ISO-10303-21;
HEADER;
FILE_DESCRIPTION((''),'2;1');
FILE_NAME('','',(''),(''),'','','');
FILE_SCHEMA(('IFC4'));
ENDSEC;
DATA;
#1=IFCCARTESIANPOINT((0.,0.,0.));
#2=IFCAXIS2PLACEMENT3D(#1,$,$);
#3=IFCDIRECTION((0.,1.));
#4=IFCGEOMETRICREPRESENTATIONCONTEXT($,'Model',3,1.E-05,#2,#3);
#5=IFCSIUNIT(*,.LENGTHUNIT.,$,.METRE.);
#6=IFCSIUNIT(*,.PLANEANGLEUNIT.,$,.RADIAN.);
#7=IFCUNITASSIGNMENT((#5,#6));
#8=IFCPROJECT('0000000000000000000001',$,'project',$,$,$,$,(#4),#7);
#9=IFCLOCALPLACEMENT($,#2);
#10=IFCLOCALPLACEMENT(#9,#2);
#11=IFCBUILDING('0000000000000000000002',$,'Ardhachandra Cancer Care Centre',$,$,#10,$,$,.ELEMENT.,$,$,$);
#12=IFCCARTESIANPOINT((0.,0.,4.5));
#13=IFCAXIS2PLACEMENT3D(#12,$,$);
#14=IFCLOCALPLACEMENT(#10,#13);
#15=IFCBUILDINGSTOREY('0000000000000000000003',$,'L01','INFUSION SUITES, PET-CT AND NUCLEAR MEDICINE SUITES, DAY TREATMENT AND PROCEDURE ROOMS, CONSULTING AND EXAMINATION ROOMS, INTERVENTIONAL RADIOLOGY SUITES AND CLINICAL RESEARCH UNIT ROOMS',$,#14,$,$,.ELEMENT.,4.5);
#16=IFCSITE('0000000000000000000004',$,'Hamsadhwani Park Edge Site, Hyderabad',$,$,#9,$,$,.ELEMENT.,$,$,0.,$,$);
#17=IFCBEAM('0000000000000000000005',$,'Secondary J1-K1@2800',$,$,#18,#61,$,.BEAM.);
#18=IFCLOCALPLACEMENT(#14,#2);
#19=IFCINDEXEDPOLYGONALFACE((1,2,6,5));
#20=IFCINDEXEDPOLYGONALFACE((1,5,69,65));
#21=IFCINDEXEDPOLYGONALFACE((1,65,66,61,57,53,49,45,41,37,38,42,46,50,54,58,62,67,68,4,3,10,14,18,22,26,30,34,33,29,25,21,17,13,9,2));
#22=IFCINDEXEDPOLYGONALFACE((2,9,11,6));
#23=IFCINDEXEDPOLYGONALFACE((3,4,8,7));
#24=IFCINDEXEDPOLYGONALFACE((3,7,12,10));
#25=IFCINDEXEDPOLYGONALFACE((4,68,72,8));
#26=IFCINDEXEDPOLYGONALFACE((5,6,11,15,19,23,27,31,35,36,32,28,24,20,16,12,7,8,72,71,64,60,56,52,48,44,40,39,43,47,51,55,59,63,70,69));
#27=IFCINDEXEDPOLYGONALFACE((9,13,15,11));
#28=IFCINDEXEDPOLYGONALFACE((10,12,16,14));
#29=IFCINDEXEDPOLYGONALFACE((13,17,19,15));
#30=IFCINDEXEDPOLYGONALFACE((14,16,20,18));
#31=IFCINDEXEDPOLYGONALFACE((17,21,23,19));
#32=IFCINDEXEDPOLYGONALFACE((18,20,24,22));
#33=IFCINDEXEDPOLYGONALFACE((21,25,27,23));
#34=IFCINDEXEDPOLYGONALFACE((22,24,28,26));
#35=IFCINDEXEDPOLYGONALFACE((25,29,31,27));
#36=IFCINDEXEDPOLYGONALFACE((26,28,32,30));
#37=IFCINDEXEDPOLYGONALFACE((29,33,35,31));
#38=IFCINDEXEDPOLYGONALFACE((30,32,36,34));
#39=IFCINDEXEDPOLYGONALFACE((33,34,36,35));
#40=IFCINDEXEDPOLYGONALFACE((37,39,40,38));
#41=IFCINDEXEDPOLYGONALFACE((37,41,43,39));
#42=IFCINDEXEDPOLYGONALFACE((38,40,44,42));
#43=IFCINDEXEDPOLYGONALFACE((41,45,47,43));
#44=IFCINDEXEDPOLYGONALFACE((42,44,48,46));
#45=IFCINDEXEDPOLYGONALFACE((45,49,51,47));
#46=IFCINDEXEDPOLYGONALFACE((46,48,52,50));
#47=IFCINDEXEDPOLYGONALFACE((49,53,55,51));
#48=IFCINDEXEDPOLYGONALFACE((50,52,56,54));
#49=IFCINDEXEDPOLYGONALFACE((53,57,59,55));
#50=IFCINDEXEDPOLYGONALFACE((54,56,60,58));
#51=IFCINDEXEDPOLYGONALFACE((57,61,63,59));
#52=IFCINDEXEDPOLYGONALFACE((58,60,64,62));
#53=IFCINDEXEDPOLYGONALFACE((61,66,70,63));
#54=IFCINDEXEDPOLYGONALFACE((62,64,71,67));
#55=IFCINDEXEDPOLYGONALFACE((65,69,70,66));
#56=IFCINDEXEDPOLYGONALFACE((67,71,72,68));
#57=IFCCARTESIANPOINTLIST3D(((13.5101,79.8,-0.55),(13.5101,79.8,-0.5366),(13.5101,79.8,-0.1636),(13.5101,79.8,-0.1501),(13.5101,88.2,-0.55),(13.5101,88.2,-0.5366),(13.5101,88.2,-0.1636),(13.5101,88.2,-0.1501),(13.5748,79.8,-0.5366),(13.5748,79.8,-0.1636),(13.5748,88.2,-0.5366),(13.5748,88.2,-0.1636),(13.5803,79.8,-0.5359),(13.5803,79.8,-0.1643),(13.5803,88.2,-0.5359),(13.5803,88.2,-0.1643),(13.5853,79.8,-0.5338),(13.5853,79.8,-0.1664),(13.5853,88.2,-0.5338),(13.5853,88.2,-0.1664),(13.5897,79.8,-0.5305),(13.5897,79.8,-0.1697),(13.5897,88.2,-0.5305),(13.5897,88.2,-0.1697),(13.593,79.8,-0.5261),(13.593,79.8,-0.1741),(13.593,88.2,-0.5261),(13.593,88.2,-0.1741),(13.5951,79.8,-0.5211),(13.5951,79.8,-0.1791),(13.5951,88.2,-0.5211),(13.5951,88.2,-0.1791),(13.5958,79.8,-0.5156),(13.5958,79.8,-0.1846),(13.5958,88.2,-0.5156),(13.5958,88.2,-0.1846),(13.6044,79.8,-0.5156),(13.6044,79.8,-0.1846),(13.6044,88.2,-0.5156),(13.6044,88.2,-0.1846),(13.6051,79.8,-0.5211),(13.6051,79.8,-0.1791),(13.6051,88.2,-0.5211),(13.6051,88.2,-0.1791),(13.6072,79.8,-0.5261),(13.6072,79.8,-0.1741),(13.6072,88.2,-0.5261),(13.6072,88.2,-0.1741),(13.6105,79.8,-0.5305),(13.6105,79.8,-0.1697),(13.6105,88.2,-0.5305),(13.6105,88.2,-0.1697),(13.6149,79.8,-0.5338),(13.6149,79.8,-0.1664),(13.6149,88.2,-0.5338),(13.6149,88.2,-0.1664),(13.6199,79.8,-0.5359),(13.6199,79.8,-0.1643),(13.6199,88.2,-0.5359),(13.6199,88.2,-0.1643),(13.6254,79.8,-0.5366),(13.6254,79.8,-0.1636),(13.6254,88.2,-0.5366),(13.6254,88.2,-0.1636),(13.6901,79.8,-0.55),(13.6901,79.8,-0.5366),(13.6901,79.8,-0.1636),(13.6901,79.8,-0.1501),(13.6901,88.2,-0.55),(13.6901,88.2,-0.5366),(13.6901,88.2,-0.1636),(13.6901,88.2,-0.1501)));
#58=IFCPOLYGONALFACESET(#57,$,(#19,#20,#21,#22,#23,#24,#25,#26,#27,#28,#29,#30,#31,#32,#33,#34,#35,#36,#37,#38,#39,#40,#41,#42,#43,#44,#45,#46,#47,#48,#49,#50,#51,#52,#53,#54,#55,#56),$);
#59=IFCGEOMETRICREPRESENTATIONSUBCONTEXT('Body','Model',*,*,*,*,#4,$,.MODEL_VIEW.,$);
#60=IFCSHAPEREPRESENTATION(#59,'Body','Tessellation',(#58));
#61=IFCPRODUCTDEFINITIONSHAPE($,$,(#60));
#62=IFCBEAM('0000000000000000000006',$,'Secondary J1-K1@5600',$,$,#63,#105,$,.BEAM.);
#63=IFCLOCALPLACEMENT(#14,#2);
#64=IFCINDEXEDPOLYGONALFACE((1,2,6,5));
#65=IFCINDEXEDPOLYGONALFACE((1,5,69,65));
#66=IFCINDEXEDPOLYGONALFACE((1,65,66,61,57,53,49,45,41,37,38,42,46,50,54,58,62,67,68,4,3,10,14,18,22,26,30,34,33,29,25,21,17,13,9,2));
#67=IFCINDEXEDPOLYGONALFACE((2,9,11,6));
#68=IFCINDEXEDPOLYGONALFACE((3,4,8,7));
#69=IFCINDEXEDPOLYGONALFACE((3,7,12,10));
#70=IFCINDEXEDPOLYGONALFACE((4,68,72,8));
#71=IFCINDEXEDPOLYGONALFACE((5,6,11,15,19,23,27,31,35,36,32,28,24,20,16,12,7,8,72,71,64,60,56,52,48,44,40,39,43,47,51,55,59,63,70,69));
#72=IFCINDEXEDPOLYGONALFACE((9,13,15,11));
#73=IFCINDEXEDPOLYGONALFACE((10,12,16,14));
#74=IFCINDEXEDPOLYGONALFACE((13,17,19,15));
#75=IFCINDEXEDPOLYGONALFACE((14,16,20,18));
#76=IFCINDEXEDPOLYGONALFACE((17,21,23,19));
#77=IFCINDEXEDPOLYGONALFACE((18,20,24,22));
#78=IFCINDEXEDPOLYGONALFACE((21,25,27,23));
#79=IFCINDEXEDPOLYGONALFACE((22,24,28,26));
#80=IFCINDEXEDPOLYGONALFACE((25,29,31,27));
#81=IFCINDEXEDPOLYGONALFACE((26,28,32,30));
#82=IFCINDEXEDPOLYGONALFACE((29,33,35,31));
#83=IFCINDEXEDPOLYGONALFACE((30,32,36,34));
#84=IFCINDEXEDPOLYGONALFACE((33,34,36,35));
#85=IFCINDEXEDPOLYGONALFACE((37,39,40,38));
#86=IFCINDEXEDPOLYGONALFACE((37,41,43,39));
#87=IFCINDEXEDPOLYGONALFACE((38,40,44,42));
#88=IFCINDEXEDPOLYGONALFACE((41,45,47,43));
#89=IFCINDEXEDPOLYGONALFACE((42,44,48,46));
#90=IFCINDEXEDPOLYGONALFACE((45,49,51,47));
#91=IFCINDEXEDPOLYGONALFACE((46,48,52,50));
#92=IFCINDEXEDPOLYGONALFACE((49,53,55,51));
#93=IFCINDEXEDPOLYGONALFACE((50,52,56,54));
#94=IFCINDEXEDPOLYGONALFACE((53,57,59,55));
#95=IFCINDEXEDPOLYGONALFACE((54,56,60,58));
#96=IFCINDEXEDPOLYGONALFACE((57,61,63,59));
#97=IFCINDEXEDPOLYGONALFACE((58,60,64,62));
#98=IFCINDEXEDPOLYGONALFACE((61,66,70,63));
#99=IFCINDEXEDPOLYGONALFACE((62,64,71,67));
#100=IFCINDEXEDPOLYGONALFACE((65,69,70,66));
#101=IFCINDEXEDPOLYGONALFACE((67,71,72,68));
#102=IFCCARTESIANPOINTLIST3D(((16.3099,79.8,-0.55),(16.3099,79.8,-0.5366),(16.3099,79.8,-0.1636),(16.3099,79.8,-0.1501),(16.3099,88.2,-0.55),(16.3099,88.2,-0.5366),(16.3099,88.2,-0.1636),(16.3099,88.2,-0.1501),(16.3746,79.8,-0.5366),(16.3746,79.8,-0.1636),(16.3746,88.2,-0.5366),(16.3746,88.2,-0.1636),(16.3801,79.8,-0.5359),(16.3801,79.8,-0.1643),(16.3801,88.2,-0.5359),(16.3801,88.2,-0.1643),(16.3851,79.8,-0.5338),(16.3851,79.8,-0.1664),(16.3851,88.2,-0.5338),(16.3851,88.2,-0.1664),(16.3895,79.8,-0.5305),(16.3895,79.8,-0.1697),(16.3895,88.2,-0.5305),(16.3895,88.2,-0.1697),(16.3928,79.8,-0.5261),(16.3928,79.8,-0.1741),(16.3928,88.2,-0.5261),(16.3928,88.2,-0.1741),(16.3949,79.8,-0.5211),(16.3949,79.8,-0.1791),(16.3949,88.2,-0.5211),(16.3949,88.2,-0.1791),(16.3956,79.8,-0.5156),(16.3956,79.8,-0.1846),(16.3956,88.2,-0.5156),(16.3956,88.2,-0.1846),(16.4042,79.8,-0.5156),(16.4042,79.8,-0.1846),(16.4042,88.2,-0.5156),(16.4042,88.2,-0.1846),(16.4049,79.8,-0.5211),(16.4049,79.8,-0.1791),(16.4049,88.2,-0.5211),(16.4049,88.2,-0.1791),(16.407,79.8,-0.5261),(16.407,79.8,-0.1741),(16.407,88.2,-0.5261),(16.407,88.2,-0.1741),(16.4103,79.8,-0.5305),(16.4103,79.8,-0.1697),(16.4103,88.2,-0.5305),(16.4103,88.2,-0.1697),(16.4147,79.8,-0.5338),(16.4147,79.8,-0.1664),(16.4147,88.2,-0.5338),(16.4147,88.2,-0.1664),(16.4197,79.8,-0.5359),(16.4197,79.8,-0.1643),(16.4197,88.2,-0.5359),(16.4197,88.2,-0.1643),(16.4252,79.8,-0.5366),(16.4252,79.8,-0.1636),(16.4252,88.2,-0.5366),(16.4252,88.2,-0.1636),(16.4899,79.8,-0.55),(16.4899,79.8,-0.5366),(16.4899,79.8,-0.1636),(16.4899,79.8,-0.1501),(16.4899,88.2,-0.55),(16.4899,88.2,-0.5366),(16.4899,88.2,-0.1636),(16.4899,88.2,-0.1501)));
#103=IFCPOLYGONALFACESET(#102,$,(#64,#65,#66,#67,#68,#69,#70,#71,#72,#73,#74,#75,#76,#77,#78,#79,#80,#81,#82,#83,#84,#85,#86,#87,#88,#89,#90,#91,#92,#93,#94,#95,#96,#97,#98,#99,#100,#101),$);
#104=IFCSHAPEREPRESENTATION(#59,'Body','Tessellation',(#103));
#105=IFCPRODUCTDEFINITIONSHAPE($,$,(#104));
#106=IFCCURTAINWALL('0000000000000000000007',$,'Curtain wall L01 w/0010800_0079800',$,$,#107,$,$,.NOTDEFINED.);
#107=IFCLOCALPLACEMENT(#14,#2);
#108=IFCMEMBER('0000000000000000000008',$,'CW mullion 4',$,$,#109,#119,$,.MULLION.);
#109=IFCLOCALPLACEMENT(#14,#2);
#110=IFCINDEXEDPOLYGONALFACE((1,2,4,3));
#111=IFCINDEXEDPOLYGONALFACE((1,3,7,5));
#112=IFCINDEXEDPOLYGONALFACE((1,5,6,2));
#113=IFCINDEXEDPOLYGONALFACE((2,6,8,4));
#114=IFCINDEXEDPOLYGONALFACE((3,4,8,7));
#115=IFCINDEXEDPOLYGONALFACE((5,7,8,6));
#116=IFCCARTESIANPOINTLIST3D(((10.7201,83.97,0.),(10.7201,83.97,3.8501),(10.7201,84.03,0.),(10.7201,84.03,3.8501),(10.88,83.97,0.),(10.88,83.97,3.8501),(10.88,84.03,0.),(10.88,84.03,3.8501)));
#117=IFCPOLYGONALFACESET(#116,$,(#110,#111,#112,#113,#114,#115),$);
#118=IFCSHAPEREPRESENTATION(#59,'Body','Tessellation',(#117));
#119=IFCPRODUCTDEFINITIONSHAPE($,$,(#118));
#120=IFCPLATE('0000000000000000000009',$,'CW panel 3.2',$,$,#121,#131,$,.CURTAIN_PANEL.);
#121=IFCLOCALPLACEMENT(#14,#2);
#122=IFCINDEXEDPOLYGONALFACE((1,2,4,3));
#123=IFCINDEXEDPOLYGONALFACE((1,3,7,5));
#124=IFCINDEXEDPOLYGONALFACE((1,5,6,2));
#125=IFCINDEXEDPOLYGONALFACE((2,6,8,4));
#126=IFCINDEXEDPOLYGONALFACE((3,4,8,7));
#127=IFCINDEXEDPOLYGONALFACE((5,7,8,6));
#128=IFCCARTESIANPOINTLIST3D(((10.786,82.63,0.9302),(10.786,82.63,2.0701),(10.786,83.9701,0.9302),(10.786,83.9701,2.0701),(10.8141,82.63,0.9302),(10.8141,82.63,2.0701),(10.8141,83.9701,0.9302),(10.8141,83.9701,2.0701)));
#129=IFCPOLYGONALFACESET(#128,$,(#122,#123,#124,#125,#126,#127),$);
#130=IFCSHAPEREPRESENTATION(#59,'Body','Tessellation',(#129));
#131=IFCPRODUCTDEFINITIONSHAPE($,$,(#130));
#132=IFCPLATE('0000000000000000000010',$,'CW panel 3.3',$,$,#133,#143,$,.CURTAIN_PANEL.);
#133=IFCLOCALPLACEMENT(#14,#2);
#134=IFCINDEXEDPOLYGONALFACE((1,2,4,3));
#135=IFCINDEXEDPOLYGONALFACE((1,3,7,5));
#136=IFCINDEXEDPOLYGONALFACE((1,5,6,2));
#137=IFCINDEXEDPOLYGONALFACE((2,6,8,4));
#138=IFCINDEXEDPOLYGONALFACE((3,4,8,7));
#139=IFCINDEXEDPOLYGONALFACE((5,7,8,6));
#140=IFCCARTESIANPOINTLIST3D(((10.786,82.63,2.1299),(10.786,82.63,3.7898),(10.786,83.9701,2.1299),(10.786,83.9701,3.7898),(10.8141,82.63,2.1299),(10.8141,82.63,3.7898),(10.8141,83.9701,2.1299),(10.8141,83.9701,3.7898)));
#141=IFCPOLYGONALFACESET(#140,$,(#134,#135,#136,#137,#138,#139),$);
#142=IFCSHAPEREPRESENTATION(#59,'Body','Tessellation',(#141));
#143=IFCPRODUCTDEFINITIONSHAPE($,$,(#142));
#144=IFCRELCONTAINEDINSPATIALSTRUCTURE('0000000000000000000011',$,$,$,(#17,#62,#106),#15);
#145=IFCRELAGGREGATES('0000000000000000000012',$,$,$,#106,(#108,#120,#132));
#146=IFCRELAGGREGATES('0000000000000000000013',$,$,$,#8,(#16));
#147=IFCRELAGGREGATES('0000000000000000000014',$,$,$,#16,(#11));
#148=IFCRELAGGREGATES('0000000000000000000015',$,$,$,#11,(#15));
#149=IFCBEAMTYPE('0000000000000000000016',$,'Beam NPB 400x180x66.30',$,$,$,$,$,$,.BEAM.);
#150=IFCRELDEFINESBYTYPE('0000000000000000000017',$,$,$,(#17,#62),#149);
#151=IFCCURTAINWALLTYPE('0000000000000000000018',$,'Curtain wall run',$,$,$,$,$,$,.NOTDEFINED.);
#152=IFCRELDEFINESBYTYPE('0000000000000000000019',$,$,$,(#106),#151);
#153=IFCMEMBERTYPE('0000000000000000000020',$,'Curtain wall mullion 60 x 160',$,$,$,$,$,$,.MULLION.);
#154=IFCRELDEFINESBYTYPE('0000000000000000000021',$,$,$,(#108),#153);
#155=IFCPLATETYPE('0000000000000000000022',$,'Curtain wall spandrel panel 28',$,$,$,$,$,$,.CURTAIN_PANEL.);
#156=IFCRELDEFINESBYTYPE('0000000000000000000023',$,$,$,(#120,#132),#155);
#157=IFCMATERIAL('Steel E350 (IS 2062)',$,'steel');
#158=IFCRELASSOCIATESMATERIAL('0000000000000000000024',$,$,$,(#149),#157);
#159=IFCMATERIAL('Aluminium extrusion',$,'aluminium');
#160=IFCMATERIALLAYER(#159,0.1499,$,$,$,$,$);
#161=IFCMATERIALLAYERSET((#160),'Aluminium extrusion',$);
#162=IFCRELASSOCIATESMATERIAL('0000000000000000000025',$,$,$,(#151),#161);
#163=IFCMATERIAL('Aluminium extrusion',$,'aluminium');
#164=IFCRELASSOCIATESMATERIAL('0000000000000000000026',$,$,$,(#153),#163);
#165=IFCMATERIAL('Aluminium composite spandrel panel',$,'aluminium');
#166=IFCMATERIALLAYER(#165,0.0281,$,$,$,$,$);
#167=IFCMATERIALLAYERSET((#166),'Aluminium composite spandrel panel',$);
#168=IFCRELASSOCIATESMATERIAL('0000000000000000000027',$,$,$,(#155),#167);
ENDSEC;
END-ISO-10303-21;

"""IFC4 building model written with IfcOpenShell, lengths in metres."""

from ifc_helpers import new_model, si_unit, direction, frame, origin, origin_2d, place, context, subcontext, project, spatial, rectangle, i_section, extrude, material, layer, layer_set, material_profile, profile_set, type_object, element, aggregate, save


model = new_model("IFC4")

# Units and contexts
model_context = context("Model", 3, precision=1e-05, world=origin(), true_north=direction((0.0, 1.0)))
body_context = subcontext(model_context, "Body", "Model", "MODEL_VIEW")
ifc_project = project(units=[si_unit("LENGTHUNIT", "METRE"), si_unit("PLANEANGLEUNIT", "RADIAN")], contexts=[model_context])

# Site, building, storey
site_placement = place(None, origin())
site = spatial("IfcSite", under=ifc_project, at=site_placement, Name="Hamsadhwani Park Edge Site, Hyderabad", CompositionType="ELEMENT", RefElevation=0.0)
building_placement = place(site_placement, origin())
building = spatial("IfcBuilding", under=site, at=building_placement, Name="Ardhachandra Cancer Care Centre", CompositionType="ELEMENT")
storey_placement = place(building_placement, frame((0.0, 0.0, 4.5)))
storey = spatial("IfcBuildingStorey", under=building, at=storey_placement, Name="L01", Description="INFUSION SUITES, PET-CT AND NUCLEAR MEDICINE SUITES, DAY TREATMENT AND PROCEDURE ROOMS, CONSULTING AND EXAMINATION ROOMS, INTERVENTIONAL RADIOLOGY SUITES AND CLINICAL RESEARCH UNIT ROOMS", CompositionType="ELEMENT", Elevation=4.5)

# Beams
ifc_material_1 = material(Name="Steel E350 (IS 2062)", Category="steel")
ifc_material_profile_1 = material_profile(ifc_material_1, i_section(OverallWidth=0.1799, OverallDepth=0.3999, WebThickness=0.0085, FlangeThickness=0.0134, FilletRadius=0.021, at=origin_2d()), Name="NPB 400x180x66.30")
ifc_profile_set_1 = profile_set([ifc_material_profile_1], Name="Steel E350 (IS 2062)")
beam_type = type_object("IfcBeamType", Name="Beam NPB 400x180x66.30", PredefinedType="BEAM", material=ifc_profile_set_1)
for number, where, z_axis, x_axis, name in (
    (1, (13.6001, 79.8, -0.3501), (0.0, 1.0, 0.0), (-1.0, 0.0, 0.0), "Secondary J1-K1@2800"),
    (2, (16.3999, 79.8, -0.3501), (0.0, 1.0, 0.0), (-1.0, 0.0, 0.0), "Secondary J1-K1@5600"),
):
    element("IfcBeam", number, at=place(storey_placement, frame(where, z_axis=z_axis, x_axis=x_axis)), inside=storey, type_object=beam_type, Name=name, PredefinedType="BEAM", context=body_context, shape_type="SweptSolid", body=[
        extrude(i_section(OverallWidth=0.1799, OverallDepth=0.3999, WebThickness=0.0085, FlangeThickness=0.0134, FilletRadius=0.021, at=origin_2d()), origin(), (0.0, 0.0, 1.0), 8.3999),
    ])

# Curtain wall, member, plates
ifc_material_2 = material(Name="Aluminium extrusion", Category="aluminium")
ifc_layer_1 = layer(ifc_material_2, 0.1499)
ifc_layer_set_1 = layer_set([ifc_layer_1], Name="Aluminium extrusion")
curtain_wall_type = type_object("IfcCurtainWallType", Name="Curtain wall run", PredefinedType="NOTDEFINED", material=ifc_layer_set_1)
curtain_wall_placement = place(storey_placement, origin())
curtain_wall = element("IfcCurtainWall", 3, at=curtain_wall_placement, inside=storey, type_object=curtain_wall_type, Name="Curtain wall L01 w/0010800_0079800", PredefinedType="NOTDEFINED")
ifc_material_3 = material(Name="Aluminium extrusion", Category="aluminium")
ifc_material_profile_2 = material_profile(ifc_material_3, rectangle(XDim=0.1599, YDim=0.0601, at=origin_2d()), Name="Curtain wall mullion 60 x 160")
ifc_profile_set_2 = profile_set([ifc_material_profile_2], Name="Aluminium extrusion")
member_type = type_object("IfcMemberType", Name="Curtain wall mullion 60 x 160", PredefinedType="MULLION", material=ifc_profile_set_2)
member_placement = place(storey_placement, frame((10.8, 84.0, 0.0), z_axis=(0.0, 0.0, 1.0), x_axis=(-1.0, 0.0, 0.0)))
member = element("IfcMember", 4, at=member_placement, type_object=member_type, Name="CW mullion 4", PredefinedType="MULLION", context=body_context, shape_type="SweptSolid", body=[
    extrude(rectangle(XDim=0.1599, YDim=0.0601, at=origin_2d()), origin(), (0.0, 0.0, 1.0), 3.8501),
])
ifc_material_4 = material(Name="Aluminium composite spandrel panel", Category="aluminium")
ifc_layer_2 = layer(ifc_material_4, 0.0281)
ifc_layer_set_2 = layer_set([ifc_layer_2], Name="Aluminium composite spandrel panel")
plate_type = type_object("IfcPlateType", Name="Curtain wall spandrel panel 28", PredefinedType="CURTAIN_PANEL", material=ifc_layer_set_2)
plate_1_placement = place(storey_placement, frame((10.8, 83.3, 0.9302), z_axis=(0.0, 0.0, 1.0), x_axis=(0.0, 1.0, 0.0)))
plate_1 = element("IfcPlate", 5, at=plate_1_placement, type_object=plate_type, Name="CW panel 3.2", PredefinedType="CURTAIN_PANEL", context=body_context, shape_type="SweptSolid", body=[
    extrude(rectangle(XDim=1.3401, YDim=0.0281, at=origin_2d()), origin(), (0.0, 0.0, 1.0), 1.1399),
])
plate_2_placement = place(storey_placement, frame((10.8, 83.3, 2.1299), z_axis=(0.0, 0.0, 1.0), x_axis=(0.0, 1.0, 0.0)))
plate_2 = element("IfcPlate", 6, at=plate_2_placement, type_object=plate_type, Name="CW panel 3.3", PredefinedType="CURTAIN_PANEL", context=body_context, shape_type="SweptSolid", body=[
    extrude(rectangle(XDim=1.3401, YDim=0.0281, at=origin_2d()), origin(), (0.0, 0.0, 1.0), 1.6599),
])
aggregate(curtain_wall, [member, plate_1, plate_2])

save(model, "model.ifc")
